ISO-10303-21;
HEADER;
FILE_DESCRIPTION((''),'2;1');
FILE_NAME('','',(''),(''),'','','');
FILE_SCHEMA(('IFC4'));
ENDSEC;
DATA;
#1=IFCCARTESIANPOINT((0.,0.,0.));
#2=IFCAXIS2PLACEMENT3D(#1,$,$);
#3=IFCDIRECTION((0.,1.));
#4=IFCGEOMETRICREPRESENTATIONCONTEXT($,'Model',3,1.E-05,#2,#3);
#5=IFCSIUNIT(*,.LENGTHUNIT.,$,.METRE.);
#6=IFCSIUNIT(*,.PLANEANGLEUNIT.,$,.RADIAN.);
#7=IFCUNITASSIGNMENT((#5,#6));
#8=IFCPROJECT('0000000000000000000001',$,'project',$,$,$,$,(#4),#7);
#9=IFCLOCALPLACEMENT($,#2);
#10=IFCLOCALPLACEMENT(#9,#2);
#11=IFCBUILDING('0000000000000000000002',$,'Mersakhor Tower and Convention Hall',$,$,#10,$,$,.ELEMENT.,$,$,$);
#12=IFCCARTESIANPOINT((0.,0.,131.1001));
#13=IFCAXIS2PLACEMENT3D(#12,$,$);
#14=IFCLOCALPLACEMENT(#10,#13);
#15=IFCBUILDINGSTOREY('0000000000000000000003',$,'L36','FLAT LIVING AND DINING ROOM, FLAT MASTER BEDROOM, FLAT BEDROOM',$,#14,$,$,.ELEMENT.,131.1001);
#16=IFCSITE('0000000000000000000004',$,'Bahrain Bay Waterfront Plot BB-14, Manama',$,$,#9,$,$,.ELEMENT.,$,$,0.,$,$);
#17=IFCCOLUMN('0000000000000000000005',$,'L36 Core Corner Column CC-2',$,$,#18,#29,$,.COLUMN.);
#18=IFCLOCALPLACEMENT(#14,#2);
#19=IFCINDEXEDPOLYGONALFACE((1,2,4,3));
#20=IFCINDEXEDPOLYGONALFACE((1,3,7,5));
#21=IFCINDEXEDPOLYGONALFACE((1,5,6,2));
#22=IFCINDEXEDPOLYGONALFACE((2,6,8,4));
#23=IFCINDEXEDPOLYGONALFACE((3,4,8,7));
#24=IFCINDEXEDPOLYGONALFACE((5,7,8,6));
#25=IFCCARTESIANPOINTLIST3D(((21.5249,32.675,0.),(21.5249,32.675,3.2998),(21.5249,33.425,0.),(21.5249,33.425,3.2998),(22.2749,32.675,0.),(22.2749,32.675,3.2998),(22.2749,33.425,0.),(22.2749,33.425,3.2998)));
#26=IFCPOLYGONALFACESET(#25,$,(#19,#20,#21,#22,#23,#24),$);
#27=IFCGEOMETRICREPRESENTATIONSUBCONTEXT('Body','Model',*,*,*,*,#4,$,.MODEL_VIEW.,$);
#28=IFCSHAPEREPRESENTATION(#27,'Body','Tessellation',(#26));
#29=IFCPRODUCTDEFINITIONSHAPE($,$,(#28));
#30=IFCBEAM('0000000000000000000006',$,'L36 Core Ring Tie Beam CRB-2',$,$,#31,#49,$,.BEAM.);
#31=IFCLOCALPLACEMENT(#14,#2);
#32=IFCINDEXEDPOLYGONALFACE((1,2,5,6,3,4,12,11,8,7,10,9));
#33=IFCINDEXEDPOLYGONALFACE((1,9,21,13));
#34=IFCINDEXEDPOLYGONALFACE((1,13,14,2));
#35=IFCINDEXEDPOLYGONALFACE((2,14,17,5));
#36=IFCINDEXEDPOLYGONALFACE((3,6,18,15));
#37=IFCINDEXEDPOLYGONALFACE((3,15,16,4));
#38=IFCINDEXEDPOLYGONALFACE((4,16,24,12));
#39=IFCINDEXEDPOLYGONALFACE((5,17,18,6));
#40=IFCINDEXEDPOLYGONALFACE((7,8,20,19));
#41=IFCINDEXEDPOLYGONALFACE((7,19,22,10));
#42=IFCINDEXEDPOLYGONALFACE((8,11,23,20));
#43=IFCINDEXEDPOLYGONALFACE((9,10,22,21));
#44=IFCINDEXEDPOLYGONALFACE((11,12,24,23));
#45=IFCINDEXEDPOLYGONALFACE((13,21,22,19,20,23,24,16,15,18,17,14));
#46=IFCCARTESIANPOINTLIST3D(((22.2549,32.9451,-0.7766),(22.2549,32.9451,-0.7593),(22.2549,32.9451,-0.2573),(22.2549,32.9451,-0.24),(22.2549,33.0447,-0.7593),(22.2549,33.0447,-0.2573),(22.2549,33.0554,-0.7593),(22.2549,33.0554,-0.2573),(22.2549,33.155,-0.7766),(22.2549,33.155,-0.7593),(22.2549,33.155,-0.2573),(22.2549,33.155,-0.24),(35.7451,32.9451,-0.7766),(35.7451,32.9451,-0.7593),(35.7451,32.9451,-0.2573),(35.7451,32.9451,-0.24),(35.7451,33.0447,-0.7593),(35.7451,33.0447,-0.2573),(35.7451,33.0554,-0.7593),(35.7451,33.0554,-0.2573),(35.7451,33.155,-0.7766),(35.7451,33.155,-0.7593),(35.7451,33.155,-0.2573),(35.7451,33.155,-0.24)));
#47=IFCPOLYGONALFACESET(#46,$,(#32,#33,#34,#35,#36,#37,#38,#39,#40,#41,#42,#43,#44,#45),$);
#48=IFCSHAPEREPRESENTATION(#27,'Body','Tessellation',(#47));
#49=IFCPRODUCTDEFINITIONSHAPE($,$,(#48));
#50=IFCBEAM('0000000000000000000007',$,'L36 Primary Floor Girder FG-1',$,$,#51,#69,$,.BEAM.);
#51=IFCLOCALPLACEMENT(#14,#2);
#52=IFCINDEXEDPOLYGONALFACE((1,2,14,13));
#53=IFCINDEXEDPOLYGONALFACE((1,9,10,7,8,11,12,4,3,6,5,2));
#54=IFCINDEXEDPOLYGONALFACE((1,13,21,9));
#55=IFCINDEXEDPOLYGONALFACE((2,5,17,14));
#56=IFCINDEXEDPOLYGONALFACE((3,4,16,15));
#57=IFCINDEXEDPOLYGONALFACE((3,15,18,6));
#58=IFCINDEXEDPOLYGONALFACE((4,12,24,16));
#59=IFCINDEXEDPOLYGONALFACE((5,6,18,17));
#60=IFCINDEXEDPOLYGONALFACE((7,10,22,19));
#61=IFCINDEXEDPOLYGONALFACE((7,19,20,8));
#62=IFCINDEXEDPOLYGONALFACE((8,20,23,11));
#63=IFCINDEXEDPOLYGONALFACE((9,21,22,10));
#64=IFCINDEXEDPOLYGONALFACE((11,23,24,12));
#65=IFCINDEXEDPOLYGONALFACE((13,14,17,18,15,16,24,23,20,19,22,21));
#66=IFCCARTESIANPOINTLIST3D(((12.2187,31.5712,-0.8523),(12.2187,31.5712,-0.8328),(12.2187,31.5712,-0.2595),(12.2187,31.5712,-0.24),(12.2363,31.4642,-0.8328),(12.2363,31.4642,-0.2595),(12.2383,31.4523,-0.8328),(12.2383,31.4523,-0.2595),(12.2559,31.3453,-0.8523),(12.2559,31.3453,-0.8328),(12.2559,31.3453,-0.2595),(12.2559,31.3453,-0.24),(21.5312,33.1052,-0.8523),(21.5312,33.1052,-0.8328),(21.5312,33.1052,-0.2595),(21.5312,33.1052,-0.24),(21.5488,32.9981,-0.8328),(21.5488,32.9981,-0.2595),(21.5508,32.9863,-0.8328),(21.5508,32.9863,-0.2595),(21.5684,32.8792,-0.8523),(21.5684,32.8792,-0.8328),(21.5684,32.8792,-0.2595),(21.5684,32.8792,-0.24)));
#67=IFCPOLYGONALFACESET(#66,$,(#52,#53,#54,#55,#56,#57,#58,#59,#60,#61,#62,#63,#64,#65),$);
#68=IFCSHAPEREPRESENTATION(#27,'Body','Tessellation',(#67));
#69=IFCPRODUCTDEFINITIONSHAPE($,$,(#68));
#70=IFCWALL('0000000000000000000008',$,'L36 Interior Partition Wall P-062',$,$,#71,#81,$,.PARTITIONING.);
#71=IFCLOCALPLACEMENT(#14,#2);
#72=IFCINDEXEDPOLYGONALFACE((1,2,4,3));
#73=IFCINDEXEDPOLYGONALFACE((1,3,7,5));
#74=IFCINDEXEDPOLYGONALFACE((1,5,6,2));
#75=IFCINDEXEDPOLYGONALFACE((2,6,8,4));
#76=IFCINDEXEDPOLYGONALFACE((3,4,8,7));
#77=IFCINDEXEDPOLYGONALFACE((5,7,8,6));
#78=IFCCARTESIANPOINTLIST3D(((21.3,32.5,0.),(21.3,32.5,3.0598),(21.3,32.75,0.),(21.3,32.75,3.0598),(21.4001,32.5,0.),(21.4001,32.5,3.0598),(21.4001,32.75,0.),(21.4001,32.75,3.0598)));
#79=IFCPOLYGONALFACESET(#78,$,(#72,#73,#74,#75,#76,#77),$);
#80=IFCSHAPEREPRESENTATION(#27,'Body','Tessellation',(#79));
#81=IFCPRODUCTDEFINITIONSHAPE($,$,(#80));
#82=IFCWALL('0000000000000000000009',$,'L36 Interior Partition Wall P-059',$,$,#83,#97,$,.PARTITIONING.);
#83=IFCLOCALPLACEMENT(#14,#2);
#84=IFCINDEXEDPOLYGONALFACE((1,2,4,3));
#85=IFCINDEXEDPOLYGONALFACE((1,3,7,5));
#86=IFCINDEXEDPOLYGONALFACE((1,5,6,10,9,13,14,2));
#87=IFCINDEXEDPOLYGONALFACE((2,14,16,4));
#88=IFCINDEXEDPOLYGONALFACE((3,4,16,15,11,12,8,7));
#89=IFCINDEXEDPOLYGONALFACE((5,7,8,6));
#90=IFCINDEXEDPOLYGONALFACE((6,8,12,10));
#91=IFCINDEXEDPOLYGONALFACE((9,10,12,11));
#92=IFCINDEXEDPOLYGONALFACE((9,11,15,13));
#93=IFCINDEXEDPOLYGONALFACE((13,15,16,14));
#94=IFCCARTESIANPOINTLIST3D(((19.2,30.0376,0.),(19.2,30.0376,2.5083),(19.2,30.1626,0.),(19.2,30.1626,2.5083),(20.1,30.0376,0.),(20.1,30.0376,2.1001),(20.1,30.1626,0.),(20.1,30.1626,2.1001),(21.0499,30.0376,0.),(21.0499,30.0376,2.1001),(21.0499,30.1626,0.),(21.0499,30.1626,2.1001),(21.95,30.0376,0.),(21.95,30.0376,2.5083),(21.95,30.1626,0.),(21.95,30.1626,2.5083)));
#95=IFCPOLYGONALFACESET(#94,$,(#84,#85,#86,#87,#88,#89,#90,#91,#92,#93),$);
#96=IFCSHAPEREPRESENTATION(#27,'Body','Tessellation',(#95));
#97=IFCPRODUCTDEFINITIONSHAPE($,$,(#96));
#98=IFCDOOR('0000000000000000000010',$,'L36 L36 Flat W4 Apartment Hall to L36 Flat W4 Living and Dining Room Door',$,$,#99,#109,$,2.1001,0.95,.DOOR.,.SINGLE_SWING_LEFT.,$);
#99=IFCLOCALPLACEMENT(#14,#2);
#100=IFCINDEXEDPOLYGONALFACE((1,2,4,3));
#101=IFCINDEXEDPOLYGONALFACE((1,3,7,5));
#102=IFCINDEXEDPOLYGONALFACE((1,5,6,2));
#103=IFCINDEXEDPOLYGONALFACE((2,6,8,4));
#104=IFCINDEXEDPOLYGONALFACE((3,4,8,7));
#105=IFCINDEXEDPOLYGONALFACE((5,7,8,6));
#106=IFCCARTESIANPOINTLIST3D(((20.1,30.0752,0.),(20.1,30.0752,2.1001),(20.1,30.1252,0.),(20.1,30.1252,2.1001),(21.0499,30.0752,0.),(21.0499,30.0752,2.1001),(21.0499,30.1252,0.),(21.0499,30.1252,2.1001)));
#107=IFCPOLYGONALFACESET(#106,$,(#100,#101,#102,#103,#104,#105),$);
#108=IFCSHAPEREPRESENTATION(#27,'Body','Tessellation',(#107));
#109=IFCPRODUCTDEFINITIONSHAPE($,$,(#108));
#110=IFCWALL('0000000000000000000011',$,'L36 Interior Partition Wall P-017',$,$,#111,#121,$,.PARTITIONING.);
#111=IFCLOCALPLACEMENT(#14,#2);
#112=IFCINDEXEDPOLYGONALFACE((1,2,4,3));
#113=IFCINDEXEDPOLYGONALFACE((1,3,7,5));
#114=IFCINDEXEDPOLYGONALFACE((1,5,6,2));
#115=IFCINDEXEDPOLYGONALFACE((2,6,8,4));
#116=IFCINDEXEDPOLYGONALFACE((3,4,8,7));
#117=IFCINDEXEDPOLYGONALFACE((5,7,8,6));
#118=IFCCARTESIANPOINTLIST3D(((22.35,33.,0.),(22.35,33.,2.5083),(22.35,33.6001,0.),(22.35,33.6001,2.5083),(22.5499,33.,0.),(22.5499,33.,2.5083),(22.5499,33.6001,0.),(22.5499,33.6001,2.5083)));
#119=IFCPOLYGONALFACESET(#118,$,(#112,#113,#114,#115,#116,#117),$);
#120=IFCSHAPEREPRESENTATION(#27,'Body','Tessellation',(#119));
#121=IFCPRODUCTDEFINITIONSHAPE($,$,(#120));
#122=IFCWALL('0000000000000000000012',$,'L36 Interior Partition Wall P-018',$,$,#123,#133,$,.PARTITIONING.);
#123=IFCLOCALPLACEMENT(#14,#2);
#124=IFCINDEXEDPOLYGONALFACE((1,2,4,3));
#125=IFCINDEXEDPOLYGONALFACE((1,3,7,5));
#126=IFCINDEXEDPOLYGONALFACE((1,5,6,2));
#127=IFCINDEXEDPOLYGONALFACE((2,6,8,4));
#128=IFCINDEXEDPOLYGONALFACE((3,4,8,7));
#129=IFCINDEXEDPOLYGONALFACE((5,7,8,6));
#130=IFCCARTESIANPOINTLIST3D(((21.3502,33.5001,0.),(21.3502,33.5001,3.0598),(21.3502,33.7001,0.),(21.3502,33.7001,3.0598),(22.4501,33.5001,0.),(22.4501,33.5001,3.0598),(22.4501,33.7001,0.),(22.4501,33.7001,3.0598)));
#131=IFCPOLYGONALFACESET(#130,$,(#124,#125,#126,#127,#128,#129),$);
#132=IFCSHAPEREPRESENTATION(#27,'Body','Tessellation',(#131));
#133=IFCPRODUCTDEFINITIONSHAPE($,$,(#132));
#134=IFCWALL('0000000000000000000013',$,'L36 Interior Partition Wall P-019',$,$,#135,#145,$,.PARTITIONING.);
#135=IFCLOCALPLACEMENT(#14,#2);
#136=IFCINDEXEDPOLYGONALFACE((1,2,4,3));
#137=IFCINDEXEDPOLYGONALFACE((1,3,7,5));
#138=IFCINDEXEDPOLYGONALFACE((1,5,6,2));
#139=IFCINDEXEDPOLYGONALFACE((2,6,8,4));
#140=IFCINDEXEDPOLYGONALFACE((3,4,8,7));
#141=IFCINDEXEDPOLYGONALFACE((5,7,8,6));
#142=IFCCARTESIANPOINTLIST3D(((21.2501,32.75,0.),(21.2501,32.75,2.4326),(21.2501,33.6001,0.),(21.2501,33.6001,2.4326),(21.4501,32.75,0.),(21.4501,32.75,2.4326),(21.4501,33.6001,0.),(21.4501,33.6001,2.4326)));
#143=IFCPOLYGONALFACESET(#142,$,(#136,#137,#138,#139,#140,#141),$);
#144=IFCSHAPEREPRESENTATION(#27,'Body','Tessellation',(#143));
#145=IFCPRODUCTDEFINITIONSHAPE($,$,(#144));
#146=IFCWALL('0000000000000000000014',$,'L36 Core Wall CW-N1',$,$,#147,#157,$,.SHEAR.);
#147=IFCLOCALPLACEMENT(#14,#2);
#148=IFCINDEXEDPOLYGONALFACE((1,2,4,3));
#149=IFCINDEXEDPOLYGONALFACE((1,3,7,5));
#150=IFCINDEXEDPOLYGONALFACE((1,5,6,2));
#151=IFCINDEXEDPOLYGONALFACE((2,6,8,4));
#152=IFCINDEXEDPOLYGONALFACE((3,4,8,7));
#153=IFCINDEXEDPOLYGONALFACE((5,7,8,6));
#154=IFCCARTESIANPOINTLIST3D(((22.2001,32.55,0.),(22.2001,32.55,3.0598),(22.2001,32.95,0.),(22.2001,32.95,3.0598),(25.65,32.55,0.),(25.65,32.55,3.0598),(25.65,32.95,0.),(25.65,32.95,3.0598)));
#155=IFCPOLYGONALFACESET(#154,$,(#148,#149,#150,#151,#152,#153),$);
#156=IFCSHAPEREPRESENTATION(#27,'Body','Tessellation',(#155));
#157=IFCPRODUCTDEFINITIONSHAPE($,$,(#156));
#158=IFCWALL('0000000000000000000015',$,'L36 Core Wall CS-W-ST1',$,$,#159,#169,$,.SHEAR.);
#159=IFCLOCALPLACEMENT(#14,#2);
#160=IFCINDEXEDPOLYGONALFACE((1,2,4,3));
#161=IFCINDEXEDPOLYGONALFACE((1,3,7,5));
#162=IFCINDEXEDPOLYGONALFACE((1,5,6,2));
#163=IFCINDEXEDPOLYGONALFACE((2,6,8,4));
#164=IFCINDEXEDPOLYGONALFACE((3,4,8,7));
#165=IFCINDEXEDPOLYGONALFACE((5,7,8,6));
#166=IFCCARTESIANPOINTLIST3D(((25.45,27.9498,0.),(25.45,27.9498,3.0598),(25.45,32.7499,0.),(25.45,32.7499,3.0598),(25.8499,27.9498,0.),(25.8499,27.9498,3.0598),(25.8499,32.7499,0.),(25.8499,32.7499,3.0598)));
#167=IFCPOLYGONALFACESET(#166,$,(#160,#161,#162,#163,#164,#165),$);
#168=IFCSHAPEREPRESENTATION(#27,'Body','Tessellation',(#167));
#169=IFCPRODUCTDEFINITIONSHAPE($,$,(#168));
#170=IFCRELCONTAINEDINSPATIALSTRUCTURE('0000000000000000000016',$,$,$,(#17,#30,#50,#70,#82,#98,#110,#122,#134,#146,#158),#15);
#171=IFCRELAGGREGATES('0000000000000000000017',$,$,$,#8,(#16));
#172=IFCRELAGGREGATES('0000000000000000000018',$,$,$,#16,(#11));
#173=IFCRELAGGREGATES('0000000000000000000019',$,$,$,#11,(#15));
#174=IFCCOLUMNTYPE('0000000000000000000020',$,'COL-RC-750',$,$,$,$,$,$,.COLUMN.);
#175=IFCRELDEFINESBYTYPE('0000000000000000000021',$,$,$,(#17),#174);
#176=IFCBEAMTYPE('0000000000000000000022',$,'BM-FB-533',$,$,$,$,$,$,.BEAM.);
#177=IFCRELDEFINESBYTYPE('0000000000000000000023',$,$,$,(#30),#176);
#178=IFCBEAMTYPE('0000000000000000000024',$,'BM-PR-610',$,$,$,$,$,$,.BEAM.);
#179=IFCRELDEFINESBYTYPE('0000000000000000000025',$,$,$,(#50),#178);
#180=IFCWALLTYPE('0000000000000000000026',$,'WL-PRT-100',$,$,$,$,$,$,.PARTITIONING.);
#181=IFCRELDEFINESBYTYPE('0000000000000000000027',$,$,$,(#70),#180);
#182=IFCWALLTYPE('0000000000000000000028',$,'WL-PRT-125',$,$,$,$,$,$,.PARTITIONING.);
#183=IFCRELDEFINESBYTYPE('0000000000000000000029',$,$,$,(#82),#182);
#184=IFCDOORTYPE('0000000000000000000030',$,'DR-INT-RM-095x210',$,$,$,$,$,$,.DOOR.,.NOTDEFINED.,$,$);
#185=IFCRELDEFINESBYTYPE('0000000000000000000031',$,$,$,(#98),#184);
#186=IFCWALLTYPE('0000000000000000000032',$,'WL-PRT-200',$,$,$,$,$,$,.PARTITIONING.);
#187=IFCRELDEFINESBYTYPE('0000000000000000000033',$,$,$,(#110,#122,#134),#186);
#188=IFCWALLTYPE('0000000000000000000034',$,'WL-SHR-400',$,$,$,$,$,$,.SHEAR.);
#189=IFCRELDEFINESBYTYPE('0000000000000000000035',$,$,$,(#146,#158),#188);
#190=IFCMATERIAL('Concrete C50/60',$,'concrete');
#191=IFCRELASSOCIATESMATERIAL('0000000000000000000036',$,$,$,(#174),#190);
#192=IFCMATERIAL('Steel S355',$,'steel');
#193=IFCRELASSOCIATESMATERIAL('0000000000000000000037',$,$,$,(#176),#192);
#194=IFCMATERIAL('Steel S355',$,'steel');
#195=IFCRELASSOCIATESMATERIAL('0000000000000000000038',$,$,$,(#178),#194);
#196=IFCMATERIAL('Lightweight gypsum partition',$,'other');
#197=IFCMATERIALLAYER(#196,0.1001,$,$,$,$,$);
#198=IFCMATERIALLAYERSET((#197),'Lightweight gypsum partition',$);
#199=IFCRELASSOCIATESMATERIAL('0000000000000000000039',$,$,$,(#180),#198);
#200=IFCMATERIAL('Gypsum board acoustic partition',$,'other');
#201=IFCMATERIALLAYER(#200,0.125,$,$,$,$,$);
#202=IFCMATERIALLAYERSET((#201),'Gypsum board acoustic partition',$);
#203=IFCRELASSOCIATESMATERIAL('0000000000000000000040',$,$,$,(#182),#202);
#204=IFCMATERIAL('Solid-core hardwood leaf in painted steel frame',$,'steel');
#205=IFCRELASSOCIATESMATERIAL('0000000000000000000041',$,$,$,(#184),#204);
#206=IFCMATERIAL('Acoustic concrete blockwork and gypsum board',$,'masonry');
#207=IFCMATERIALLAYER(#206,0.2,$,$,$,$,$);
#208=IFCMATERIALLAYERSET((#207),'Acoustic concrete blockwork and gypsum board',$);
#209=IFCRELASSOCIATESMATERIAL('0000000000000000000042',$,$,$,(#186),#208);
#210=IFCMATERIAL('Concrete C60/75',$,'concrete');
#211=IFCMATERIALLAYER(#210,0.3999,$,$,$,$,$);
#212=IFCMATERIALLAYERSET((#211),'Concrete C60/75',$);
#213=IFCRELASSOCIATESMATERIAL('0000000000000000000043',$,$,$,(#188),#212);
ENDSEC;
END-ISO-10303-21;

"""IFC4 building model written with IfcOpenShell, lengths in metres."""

from ifc_helpers import new_model, si_unit, direction, frame, frame_2d, origin, origin_2d, place, context, subcontext, project, spatial, rectangle, i_section, extrude, material, layer, layer_set, material_profile, profile_set, type_object, element, fill, save


model = new_model("IFC4")

# Units and contexts
model_context = context("Model", 3, precision=1e-05, world=origin(), true_north=direction((0.0, 1.0)))
body_context = subcontext(model_context, "Body", "Model", "MODEL_VIEW")
ifc_project = project(units=[si_unit("LENGTHUNIT", "METRE"), si_unit("PLANEANGLEUNIT", "RADIAN")], contexts=[model_context])

# Site, building, storey
site_placement = place(None, origin())
site = spatial("IfcSite", under=ifc_project, at=site_placement, Name="Bahrain Bay Waterfront Plot BB-14, Manama", CompositionType="ELEMENT", RefElevation=0.0)
building_placement = place(site_placement, origin())
building = spatial("IfcBuilding", under=site, at=building_placement, Name="Mersakhor Tower and Convention Hall", CompositionType="ELEMENT")
storey_placement = place(building_placement, frame((0.0, 0.0, 131.1001)))
storey = spatial("IfcBuildingStorey", under=building, at=storey_placement, Name="L36", Description="FLAT LIVING AND DINING ROOM, FLAT MASTER BEDROOM, FLAT BEDROOM", CompositionType="ELEMENT", Elevation=131.1001)

# Column
ifc_material_1 = material(Name="Concrete C50/60", Category="concrete")
ifc_material_profile_1 = material_profile(ifc_material_1, rectangle(XDim=0.75, YDim=0.75, at=origin_2d()), Name="RC 750x750")
ifc_profile_set_1 = profile_set([ifc_material_profile_1], Name="Concrete C50/60")
column_type = type_object("IfcColumnType", Name="COL-RC-750", PredefinedType="COLUMN", material=ifc_profile_set_1)
column_placement = place(storey_placement, frame((21.8999, 33.05, 0.0), z_axis=(0.0, 0.0, 1.0), x_axis=(1.0, 0.0, 0.0)))
element("IfcColumn", 1, at=column_placement, inside=storey, type_object=column_type, Name="L36 Core Corner Column CC-2", PredefinedType="COLUMN", context=body_context, shape_type="SweptSolid", body=[
    extrude(rectangle(XDim=0.75, YDim=0.75, at=origin_2d()), origin(), (0.0, 0.0, 1.0), 3.2998),
])

# Beams
ifc_material_2 = material(Name="Steel S355", Category="steel")
ifc_material_profile_2 = material_profile(ifc_material_2, i_section(OverallWidth=0.21, OverallDepth=0.5366, WebThickness=0.0107, FlangeThickness=0.0173, at=origin_2d()), Name="UB 533x210x101")
ifc_profile_set_2 = profile_set([ifc_material_profile_2], Name="Steel S355")
beam_type_1 = type_object("IfcBeamType", Name="BM-FB-533", PredefinedType="BEAM", material=ifc_profile_set_2)
beam_1_placement = place(storey_placement, frame((22.2549, 33.05, -0.5083), z_axis=(1.0, 0.0, 0.0), x_axis=(0.0, 1.0, 0.0)))
element("IfcBeam", 2, at=beam_1_placement, inside=storey, type_object=beam_type_1, Name="L36 Core Ring Tie Beam CRB-2", PredefinedType="BEAM", context=body_context, shape_type="SweptSolid", body=[
    extrude(i_section(OverallWidth=0.21, OverallDepth=0.5366, WebThickness=0.0107, FlangeThickness=0.0173, at=origin_2d()), origin(), (0.0, 0.0, 1.0), 13.4902),
])
ifc_material_3 = material(Name="Steel S355", Category="steel")
ifc_material_profile_3 = material_profile(ifc_material_3, i_section(OverallWidth=0.229, OverallDepth=0.6123, WebThickness=0.012, FlangeThickness=0.0195, at=origin_2d()), Name="UB 610x229x125")
ifc_profile_set_3 = profile_set([ifc_material_profile_3], Name="Steel S355")
beam_type_2 = type_object("IfcBeamType", Name="BM-PR-610", PredefinedType="BEAM", material=ifc_profile_set_3)
beam_2_placement = place(storey_placement, frame((21.5498, 32.9922, -0.5461), z_axis=(-0.986704, -0.162528, 0.0), x_axis=(0.162528, -0.986704, 0.0)))
element("IfcBeam", 3, at=beam_2_placement, inside=storey, type_object=beam_type_2, Name="L36 Primary Floor Girder FG-1", PredefinedType="BEAM", context=body_context, shape_type="SweptSolid", body=[
    extrude(i_section(OverallWidth=0.229, OverallDepth=0.6123, WebThickness=0.012, FlangeThickness=0.0195, at=origin_2d()), origin(), (0.0, 0.0, 1.0), 9.438),
])

# Wall
ifc_material_4 = material(Name="Lightweight gypsum partition", Category="other")
ifc_layer_1 = layer(ifc_material_4, 0.1001)
ifc_layer_set_1 = layer_set([ifc_layer_1], Name="Lightweight gypsum partition")
wall_type_1 = type_object("IfcWallType", Name="WL-PRT-100", PredefinedType="PARTITIONING", material=ifc_layer_set_1)
wall_1_placement = place(storey_placement, frame((21.3501, 32.75, 0.0), z_axis=(0.0, 0.0, 1.0), x_axis=(0.0, -1.0, 0.0)))
element("IfcWall", 4, at=wall_1_placement, inside=storey, type_object=wall_type_1, Name="L36 Interior Partition Wall P-062", PredefinedType="PARTITIONING", context=body_context, shape_type="SweptSolid", body=[
    extrude(rectangle(XDim=0.25, YDim=0.1001, at=frame_2d((0.125, 0.0))), origin(), (0.0, 0.0, 1.0), 3.0598),
])

# Wall, opening, door
ifc_material_5 = material(Name="Gypsum board acoustic partition", Category="other")
ifc_layer_2 = layer(ifc_material_5, 0.125)
ifc_layer_set_2 = layer_set([ifc_layer_2], Name="Gypsum board acoustic partition")
wall_type_2 = type_object("IfcWallType", Name="WL-PRT-125", PredefinedType="PARTITIONING", material=ifc_layer_set_2)
wall_2_placement = place(storey_placement, frame((21.95, 30.1001, 0.0), z_axis=(0.0, 0.0, 1.0), x_axis=(-1.0, 0.0, 0.0)))
wall_2 = element("IfcWall", 5, at=wall_2_placement, inside=storey, type_object=wall_type_2, Name="L36 Interior Partition Wall P-059", PredefinedType="PARTITIONING", context=body_context, shape_type="SweptSolid", body=[
    extrude(rectangle(XDim=2.75, YDim=0.125, at=frame_2d((1.375, 0.0))), origin(), (0.0, 0.0, 1.0), 2.5083),
])
opening_1_placement = place(wall_2_placement, frame((0.8999, 0.0, 0.0)))
opening_1 = element("IfcOpeningElement", 6, at=opening_1_placement, cuts=wall_2, PredefinedType="OPENING", context=body_context, shape_type="SweptSolid", body=[
    extrude(rectangle(XDim=0.95, YDim=2.1001, at=frame_2d((0.4751, 1.05))), frame((0.0, 0.0725, 0.0), z_axis=(0.0, -1.0, 0.0), x_axis=(1.0, 0.0, 0.0)), (0.0, 0.0, 1.0), 0.145),
])
ifc_material_6 = material(Name="Solid-core hardwood leaf in painted steel frame", Category="steel")
door_type_1 = type_object("IfcDoorType", Name="DR-INT-RM-095x210", OperationType="NOTDEFINED", PredefinedType="DOOR", material=ifc_material_6)
door_1_placement = place(opening_1_placement, origin())
door_1 = element("IfcDoor", 7, at=door_1_placement, inside=storey, type_object=door_type_1, Name="L36 L36 Flat W4 Apartment Hall to L36 Flat W4 Living and Dining Room Door", OperationType="SINGLE_SWING_LEFT", OverallHeight=2.1001, OverallWidth=0.95, PredefinedType="DOOR", context=body_context, shape_type="SweptSolid", body=[
    extrude(rectangle(XDim=0.95, YDim=2.1001, at=frame_2d((0.4751, 1.05))), frame((0.0, 0.0249, 0.0), z_axis=(0.0, -1.0, 0.0), x_axis=(1.0, 0.0, 0.0)), (0.0, 0.0, 1.0), 0.05),
])
fill(opening_1, door_1)
ifc_material_7 = material(Name="Acoustic concrete blockwork and gypsum board", Category="masonry")
ifc_layer_3 = layer(ifc_material_7, 0.2)
ifc_layer_set_3 = layer_set([ifc_layer_3], Name="Acoustic concrete blockwork and gypsum board")
wall_type_3 = type_object("IfcWallType", Name="WL-PRT-200", PredefinedType="PARTITIONING", material=ifc_layer_set_3)

# Walls
wall_3_placement = place(storey_placement, frame((22.45, 33.0, 0.0), z_axis=(0.0, 0.0, 1.0), x_axis=(0.0, 1.0, 0.0)))
element("IfcWall", 8, at=wall_3_placement, inside=storey, type_object=wall_type_3, Name="L36 Interior Partition Wall P-017", PredefinedType="PARTITIONING", context=body_context, shape_type="SweptSolid", body=[
    extrude(rectangle(XDim=0.6001, YDim=0.2, at=frame_2d((0.3, 0.0))), origin(), (0.0, 0.0, 1.0), 2.5083),
])
wall_4_placement = place(storey_placement, frame((22.45, 33.6001, 0.0), z_axis=(0.0, 0.0, 1.0), x_axis=(-1.0, 0.0, 0.0)))
element("IfcWall", 9, at=wall_4_placement, inside=storey, type_object=wall_type_3, Name="L36 Interior Partition Wall P-018", PredefinedType="PARTITIONING", context=body_context, shape_type="SweptSolid", body=[
    extrude(rectangle(XDim=1.0999, YDim=0.2, at=frame_2d((0.5498, 0.0))), origin(), (0.0, 0.0, 1.0), 3.0598),
])
wall_5_placement = place(storey_placement, frame((21.3501, 33.6001, 0.0), z_axis=(0.0, 0.0, 1.0), x_axis=(0.0, -1.0, 0.0)))
element("IfcWall", 10, at=wall_5_placement, inside=storey, type_object=wall_type_3, Name="L36 Interior Partition Wall P-019", PredefinedType="PARTITIONING", context=body_context, shape_type="SweptSolid", body=[
    extrude(rectangle(XDim=0.8501, YDim=0.2, at=frame_2d((0.425, 0.0))), origin(), (0.0, 0.0, 1.0), 2.4326),
])
ifc_material_8 = material(Name="Concrete C60/75", Category="concrete")
ifc_layer_4 = layer(ifc_material_8, 0.3999)
ifc_layer_set_4 = layer_set([ifc_layer_4], Name="Concrete C60/75")
wall_type_4 = type_object("IfcWallType", Name="WL-SHR-400", PredefinedType="SHEAR", material=ifc_layer_set_4)
wall_6_placement = place(storey_placement, frame((22.2, 32.75, 0.0), z_axis=(0.0, 0.0, 1.0), x_axis=(1.0, 0.0, 0.0)))
element("IfcWall", 11, at=wall_6_placement, inside=storey, type_object=wall_type_4, Name="L36 Core Wall CW-N1", PredefinedType="SHEAR", context=body_context, shape_type="SweptSolid", body=[
    extrude(rectangle(XDim=3.45, YDim=0.3999, at=frame_2d((1.7251, 0.0))), origin(), (0.0, 0.0, 1.0), 3.0598),
])

# Wall
wall_7_placement = place(storey_placement, frame((25.6499, 27.95, 0.0), z_axis=(0.0, 0.0, 1.0), x_axis=(0.0, 1.0, 0.0)))
element("IfcWall", 12, at=wall_7_placement, inside=storey, type_object=wall_type_4, Name="L36 Core Wall CS-W-ST1", PredefinedType="SHEAR", context=body_context, shape_type="SweptSolid", body=[
    extrude(rectangle(XDim=4.8, YDim=0.3999, at=frame_2d((2.3999, 0.0))), origin(), (0.0, 0.0, 1.0), 3.0598),
])

save(model, "model.ifc")
